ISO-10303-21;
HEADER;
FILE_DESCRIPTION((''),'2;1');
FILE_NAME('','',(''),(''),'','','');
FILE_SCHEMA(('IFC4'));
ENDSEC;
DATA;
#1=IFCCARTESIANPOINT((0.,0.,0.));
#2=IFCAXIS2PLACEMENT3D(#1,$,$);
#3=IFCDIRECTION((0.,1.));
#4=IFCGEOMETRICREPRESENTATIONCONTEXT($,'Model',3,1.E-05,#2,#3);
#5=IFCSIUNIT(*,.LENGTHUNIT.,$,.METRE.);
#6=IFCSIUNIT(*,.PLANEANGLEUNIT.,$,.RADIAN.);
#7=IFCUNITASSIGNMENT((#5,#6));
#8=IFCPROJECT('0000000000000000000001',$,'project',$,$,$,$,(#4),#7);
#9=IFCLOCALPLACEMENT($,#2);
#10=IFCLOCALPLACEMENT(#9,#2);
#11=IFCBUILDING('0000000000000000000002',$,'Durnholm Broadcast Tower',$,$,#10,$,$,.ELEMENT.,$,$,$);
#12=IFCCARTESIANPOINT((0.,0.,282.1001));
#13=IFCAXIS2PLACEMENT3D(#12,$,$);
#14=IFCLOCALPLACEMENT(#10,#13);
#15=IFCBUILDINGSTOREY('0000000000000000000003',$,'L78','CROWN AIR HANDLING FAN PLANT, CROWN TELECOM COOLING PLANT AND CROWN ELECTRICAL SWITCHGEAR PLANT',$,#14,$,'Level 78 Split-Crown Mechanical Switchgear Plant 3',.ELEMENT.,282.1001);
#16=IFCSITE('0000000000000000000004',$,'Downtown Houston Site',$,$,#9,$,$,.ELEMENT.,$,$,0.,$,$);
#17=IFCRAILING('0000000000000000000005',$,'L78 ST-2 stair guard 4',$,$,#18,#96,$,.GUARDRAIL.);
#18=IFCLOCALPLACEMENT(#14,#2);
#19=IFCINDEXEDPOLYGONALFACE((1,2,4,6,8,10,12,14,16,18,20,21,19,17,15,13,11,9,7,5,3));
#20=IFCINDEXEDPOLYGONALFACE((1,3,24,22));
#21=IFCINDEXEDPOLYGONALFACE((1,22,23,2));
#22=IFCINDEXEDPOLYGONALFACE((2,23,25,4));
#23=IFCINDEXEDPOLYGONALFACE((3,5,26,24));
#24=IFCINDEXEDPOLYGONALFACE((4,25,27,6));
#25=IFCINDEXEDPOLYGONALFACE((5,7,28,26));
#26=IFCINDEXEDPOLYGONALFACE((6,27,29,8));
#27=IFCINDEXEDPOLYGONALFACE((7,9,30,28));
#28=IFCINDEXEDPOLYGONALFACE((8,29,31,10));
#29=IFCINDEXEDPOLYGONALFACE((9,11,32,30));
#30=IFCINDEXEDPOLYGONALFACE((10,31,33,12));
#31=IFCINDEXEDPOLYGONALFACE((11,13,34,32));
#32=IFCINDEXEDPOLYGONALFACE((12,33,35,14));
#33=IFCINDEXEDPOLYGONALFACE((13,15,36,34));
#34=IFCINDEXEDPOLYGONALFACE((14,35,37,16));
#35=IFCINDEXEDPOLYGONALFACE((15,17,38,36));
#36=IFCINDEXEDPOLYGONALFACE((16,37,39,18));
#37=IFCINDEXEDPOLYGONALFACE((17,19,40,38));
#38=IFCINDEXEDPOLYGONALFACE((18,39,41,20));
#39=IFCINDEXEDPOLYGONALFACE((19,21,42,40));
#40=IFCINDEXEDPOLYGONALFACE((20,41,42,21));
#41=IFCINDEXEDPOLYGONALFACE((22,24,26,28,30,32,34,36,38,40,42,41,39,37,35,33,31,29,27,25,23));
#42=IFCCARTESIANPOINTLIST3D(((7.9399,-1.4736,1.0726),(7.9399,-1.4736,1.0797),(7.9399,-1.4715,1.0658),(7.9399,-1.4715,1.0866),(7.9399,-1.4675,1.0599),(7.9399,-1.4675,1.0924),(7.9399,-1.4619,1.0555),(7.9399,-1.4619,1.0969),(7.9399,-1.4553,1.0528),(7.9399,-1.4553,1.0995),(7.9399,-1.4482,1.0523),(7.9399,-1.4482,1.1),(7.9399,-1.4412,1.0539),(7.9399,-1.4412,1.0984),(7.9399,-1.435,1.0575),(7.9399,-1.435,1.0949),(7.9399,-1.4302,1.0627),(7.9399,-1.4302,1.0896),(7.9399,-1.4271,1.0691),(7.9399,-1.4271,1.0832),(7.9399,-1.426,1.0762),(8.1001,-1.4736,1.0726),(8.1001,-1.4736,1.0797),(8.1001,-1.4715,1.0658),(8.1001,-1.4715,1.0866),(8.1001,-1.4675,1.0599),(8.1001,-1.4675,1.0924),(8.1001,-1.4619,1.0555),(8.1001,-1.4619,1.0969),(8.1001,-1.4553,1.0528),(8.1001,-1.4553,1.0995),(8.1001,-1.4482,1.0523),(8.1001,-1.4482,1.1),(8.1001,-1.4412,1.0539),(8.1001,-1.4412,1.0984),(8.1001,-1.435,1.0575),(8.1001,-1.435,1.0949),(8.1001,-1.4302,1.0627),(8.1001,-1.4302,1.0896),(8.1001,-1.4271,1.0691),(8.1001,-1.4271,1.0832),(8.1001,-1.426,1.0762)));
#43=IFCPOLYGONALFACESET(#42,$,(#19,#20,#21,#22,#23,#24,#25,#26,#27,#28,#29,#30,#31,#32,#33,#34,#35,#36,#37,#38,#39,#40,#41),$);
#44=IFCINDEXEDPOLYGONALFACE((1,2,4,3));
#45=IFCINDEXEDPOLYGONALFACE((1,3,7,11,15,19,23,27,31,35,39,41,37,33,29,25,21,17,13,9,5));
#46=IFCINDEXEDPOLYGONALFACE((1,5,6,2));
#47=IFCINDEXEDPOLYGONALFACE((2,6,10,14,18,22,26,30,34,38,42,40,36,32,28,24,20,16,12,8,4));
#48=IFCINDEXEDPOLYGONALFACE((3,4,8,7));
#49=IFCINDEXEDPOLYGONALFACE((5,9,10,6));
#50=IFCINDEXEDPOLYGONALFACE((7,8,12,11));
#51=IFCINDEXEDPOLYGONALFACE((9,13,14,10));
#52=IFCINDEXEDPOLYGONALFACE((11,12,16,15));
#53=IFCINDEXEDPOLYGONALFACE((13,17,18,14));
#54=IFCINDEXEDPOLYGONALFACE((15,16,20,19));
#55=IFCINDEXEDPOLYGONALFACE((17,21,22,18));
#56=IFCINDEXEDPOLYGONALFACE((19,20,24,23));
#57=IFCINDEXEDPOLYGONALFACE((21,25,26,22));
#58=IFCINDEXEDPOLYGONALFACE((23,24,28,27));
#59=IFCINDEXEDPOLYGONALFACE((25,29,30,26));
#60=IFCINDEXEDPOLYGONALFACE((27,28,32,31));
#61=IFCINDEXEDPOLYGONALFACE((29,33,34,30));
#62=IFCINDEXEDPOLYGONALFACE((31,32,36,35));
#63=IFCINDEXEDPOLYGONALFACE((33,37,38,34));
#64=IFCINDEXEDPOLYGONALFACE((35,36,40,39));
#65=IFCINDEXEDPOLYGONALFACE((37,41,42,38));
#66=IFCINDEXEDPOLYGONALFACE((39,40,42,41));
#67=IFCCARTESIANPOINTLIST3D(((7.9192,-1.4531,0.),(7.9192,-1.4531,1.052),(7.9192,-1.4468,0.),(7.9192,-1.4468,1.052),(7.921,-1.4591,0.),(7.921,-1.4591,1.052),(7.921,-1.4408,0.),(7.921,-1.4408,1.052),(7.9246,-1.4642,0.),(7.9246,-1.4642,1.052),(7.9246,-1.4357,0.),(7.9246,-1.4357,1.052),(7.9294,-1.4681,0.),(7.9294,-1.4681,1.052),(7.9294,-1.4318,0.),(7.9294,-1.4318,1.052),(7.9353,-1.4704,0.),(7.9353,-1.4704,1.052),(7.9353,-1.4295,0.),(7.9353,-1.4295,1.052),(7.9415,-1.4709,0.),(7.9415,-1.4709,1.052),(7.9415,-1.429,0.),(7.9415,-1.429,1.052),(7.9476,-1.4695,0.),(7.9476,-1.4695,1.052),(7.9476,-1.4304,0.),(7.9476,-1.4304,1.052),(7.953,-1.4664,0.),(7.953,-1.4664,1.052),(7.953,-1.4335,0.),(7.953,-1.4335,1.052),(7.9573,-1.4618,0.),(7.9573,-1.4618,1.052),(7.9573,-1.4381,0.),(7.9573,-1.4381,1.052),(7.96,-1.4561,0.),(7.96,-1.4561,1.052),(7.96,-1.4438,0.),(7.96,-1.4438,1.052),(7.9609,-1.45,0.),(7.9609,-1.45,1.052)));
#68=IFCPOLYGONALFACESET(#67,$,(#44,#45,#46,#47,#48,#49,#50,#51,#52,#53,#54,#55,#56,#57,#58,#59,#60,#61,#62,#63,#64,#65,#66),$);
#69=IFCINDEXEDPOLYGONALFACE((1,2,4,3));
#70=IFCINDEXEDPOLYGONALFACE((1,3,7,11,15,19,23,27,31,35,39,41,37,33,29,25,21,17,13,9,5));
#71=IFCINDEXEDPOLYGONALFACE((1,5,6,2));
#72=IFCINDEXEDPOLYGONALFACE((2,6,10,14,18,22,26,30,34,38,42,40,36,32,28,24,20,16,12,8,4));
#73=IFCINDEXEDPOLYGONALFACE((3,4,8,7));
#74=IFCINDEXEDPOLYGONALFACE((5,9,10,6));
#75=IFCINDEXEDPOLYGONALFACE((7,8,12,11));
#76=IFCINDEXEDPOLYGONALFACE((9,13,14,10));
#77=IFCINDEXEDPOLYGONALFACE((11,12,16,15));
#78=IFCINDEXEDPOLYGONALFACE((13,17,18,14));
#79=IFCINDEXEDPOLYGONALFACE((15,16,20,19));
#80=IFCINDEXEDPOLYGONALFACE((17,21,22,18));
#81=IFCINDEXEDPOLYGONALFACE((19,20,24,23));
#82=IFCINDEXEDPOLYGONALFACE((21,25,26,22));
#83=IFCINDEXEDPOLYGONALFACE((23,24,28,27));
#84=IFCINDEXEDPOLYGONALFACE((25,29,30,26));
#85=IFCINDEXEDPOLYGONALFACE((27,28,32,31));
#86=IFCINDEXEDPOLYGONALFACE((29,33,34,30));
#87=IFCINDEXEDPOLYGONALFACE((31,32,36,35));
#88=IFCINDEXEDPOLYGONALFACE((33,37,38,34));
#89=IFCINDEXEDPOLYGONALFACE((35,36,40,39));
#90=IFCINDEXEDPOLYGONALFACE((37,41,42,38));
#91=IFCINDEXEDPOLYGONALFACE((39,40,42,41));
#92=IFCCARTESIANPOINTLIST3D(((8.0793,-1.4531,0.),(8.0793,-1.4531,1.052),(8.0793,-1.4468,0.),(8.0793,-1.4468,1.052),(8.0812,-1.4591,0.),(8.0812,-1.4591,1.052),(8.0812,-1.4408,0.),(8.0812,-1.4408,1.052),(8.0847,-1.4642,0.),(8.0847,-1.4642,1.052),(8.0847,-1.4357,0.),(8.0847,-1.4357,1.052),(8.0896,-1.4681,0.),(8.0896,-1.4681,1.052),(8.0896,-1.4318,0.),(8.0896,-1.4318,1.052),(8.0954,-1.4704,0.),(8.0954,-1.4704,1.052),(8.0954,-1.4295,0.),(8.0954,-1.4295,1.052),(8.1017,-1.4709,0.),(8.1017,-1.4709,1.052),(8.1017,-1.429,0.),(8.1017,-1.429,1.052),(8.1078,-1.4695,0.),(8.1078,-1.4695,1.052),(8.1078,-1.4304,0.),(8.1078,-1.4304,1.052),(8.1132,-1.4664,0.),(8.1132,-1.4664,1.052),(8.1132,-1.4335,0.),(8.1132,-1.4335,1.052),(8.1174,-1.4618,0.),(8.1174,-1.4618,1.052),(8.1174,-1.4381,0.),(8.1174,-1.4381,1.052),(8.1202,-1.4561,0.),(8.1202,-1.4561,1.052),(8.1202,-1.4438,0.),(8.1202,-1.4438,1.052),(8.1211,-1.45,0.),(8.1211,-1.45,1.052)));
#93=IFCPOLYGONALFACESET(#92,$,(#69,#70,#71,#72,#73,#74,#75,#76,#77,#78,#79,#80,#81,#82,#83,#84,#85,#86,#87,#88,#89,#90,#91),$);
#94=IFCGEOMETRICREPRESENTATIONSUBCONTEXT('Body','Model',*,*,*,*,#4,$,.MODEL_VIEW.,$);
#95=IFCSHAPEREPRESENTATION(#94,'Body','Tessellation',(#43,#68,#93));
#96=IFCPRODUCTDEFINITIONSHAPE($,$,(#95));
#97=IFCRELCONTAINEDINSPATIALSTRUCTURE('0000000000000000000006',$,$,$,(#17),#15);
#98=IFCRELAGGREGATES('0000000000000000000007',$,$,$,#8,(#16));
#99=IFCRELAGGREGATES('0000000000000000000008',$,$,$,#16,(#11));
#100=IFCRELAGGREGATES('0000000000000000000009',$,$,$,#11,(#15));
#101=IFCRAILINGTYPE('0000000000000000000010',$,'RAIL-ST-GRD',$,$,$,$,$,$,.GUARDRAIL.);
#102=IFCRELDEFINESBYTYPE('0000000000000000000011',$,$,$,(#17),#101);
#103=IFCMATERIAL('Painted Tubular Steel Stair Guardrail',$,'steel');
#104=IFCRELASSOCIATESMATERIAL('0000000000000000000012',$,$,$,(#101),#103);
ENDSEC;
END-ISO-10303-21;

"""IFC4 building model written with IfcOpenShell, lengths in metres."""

from ifc_helpers import new_model, si_unit, direction, frame, origin, origin_2d, place, context, subcontext, project, spatial, circle, extrude, material, type_object, element, save


model = new_model("IFC4")

# Units and contexts
model_context = context("Model", 3, precision=1e-05, world=origin(), true_north=direction((0.0, 1.0)))
body_context = subcontext(model_context, "Body", "Model", "MODEL_VIEW")
ifc_project = project(units=[si_unit("LENGTHUNIT", "METRE"), si_unit("PLANEANGLEUNIT", "RADIAN")], contexts=[model_context])

# Site, building, storey
site_placement = place(None, origin())
site = spatial("IfcSite", under=ifc_project, at=site_placement, Name="Downtown Houston Site", CompositionType="ELEMENT", RefElevation=0.0)
building_placement = place(site_placement, origin())
building = spatial("IfcBuilding", under=site, at=building_placement, Name="Durnholm Broadcast Tower", CompositionType="ELEMENT")
storey_placement = place(building_placement, frame((0.0, 0.0, 282.1001)))
storey = spatial("IfcBuildingStorey", under=building, at=storey_placement, Name="L78", Description="CROWN AIR HANDLING FAN PLANT, CROWN TELECOM COOLING PLANT AND CROWN ELECTRICAL SWITCHGEAR PLANT", LongName="Level 78 Split-Crown Mechanical Switchgear Plant 3", CompositionType="ELEMENT", Elevation=282.1001)

# Railing
ifc_material_1 = material(Name="Painted Tubular Steel Stair Guardrail", Category="steel")
railing_type_1 = type_object("IfcRailingType", Name="RAIL-ST-GRD", PredefinedType="GUARDRAIL", material=ifc_material_1)
railing_1_placement = place(storey_placement, frame((7.9399, -1.45, 0.0)))
element("IfcRailing", 1, at=railing_1_placement, inside=storey, type_object=railing_type_1, Name="L78 ST-2 stair guard 4", PredefinedType="GUARDRAIL", context=body_context, shape_type="SweptSolid", body=[
    extrude(circle(Radius=0.0239, at=origin_2d()), frame((0.0, 0.0, 1.0762), z_axis=(1.0, 0.0, 0.0), x_axis=(0.0, 1.0, 0.0)), (0.0, 0.0, 1.0), 0.1602),
    extrude(circle(Radius=0.021, at=origin_2d()), origin(), (0.0, 0.0, 1.0), 1.052),
    extrude(circle(Radius=0.021, at=origin_2d()), frame((0.1602, 0.0, 0.0)), (0.0, 0.0, 1.0), 1.052),
])

save(model, "model.ifc")
